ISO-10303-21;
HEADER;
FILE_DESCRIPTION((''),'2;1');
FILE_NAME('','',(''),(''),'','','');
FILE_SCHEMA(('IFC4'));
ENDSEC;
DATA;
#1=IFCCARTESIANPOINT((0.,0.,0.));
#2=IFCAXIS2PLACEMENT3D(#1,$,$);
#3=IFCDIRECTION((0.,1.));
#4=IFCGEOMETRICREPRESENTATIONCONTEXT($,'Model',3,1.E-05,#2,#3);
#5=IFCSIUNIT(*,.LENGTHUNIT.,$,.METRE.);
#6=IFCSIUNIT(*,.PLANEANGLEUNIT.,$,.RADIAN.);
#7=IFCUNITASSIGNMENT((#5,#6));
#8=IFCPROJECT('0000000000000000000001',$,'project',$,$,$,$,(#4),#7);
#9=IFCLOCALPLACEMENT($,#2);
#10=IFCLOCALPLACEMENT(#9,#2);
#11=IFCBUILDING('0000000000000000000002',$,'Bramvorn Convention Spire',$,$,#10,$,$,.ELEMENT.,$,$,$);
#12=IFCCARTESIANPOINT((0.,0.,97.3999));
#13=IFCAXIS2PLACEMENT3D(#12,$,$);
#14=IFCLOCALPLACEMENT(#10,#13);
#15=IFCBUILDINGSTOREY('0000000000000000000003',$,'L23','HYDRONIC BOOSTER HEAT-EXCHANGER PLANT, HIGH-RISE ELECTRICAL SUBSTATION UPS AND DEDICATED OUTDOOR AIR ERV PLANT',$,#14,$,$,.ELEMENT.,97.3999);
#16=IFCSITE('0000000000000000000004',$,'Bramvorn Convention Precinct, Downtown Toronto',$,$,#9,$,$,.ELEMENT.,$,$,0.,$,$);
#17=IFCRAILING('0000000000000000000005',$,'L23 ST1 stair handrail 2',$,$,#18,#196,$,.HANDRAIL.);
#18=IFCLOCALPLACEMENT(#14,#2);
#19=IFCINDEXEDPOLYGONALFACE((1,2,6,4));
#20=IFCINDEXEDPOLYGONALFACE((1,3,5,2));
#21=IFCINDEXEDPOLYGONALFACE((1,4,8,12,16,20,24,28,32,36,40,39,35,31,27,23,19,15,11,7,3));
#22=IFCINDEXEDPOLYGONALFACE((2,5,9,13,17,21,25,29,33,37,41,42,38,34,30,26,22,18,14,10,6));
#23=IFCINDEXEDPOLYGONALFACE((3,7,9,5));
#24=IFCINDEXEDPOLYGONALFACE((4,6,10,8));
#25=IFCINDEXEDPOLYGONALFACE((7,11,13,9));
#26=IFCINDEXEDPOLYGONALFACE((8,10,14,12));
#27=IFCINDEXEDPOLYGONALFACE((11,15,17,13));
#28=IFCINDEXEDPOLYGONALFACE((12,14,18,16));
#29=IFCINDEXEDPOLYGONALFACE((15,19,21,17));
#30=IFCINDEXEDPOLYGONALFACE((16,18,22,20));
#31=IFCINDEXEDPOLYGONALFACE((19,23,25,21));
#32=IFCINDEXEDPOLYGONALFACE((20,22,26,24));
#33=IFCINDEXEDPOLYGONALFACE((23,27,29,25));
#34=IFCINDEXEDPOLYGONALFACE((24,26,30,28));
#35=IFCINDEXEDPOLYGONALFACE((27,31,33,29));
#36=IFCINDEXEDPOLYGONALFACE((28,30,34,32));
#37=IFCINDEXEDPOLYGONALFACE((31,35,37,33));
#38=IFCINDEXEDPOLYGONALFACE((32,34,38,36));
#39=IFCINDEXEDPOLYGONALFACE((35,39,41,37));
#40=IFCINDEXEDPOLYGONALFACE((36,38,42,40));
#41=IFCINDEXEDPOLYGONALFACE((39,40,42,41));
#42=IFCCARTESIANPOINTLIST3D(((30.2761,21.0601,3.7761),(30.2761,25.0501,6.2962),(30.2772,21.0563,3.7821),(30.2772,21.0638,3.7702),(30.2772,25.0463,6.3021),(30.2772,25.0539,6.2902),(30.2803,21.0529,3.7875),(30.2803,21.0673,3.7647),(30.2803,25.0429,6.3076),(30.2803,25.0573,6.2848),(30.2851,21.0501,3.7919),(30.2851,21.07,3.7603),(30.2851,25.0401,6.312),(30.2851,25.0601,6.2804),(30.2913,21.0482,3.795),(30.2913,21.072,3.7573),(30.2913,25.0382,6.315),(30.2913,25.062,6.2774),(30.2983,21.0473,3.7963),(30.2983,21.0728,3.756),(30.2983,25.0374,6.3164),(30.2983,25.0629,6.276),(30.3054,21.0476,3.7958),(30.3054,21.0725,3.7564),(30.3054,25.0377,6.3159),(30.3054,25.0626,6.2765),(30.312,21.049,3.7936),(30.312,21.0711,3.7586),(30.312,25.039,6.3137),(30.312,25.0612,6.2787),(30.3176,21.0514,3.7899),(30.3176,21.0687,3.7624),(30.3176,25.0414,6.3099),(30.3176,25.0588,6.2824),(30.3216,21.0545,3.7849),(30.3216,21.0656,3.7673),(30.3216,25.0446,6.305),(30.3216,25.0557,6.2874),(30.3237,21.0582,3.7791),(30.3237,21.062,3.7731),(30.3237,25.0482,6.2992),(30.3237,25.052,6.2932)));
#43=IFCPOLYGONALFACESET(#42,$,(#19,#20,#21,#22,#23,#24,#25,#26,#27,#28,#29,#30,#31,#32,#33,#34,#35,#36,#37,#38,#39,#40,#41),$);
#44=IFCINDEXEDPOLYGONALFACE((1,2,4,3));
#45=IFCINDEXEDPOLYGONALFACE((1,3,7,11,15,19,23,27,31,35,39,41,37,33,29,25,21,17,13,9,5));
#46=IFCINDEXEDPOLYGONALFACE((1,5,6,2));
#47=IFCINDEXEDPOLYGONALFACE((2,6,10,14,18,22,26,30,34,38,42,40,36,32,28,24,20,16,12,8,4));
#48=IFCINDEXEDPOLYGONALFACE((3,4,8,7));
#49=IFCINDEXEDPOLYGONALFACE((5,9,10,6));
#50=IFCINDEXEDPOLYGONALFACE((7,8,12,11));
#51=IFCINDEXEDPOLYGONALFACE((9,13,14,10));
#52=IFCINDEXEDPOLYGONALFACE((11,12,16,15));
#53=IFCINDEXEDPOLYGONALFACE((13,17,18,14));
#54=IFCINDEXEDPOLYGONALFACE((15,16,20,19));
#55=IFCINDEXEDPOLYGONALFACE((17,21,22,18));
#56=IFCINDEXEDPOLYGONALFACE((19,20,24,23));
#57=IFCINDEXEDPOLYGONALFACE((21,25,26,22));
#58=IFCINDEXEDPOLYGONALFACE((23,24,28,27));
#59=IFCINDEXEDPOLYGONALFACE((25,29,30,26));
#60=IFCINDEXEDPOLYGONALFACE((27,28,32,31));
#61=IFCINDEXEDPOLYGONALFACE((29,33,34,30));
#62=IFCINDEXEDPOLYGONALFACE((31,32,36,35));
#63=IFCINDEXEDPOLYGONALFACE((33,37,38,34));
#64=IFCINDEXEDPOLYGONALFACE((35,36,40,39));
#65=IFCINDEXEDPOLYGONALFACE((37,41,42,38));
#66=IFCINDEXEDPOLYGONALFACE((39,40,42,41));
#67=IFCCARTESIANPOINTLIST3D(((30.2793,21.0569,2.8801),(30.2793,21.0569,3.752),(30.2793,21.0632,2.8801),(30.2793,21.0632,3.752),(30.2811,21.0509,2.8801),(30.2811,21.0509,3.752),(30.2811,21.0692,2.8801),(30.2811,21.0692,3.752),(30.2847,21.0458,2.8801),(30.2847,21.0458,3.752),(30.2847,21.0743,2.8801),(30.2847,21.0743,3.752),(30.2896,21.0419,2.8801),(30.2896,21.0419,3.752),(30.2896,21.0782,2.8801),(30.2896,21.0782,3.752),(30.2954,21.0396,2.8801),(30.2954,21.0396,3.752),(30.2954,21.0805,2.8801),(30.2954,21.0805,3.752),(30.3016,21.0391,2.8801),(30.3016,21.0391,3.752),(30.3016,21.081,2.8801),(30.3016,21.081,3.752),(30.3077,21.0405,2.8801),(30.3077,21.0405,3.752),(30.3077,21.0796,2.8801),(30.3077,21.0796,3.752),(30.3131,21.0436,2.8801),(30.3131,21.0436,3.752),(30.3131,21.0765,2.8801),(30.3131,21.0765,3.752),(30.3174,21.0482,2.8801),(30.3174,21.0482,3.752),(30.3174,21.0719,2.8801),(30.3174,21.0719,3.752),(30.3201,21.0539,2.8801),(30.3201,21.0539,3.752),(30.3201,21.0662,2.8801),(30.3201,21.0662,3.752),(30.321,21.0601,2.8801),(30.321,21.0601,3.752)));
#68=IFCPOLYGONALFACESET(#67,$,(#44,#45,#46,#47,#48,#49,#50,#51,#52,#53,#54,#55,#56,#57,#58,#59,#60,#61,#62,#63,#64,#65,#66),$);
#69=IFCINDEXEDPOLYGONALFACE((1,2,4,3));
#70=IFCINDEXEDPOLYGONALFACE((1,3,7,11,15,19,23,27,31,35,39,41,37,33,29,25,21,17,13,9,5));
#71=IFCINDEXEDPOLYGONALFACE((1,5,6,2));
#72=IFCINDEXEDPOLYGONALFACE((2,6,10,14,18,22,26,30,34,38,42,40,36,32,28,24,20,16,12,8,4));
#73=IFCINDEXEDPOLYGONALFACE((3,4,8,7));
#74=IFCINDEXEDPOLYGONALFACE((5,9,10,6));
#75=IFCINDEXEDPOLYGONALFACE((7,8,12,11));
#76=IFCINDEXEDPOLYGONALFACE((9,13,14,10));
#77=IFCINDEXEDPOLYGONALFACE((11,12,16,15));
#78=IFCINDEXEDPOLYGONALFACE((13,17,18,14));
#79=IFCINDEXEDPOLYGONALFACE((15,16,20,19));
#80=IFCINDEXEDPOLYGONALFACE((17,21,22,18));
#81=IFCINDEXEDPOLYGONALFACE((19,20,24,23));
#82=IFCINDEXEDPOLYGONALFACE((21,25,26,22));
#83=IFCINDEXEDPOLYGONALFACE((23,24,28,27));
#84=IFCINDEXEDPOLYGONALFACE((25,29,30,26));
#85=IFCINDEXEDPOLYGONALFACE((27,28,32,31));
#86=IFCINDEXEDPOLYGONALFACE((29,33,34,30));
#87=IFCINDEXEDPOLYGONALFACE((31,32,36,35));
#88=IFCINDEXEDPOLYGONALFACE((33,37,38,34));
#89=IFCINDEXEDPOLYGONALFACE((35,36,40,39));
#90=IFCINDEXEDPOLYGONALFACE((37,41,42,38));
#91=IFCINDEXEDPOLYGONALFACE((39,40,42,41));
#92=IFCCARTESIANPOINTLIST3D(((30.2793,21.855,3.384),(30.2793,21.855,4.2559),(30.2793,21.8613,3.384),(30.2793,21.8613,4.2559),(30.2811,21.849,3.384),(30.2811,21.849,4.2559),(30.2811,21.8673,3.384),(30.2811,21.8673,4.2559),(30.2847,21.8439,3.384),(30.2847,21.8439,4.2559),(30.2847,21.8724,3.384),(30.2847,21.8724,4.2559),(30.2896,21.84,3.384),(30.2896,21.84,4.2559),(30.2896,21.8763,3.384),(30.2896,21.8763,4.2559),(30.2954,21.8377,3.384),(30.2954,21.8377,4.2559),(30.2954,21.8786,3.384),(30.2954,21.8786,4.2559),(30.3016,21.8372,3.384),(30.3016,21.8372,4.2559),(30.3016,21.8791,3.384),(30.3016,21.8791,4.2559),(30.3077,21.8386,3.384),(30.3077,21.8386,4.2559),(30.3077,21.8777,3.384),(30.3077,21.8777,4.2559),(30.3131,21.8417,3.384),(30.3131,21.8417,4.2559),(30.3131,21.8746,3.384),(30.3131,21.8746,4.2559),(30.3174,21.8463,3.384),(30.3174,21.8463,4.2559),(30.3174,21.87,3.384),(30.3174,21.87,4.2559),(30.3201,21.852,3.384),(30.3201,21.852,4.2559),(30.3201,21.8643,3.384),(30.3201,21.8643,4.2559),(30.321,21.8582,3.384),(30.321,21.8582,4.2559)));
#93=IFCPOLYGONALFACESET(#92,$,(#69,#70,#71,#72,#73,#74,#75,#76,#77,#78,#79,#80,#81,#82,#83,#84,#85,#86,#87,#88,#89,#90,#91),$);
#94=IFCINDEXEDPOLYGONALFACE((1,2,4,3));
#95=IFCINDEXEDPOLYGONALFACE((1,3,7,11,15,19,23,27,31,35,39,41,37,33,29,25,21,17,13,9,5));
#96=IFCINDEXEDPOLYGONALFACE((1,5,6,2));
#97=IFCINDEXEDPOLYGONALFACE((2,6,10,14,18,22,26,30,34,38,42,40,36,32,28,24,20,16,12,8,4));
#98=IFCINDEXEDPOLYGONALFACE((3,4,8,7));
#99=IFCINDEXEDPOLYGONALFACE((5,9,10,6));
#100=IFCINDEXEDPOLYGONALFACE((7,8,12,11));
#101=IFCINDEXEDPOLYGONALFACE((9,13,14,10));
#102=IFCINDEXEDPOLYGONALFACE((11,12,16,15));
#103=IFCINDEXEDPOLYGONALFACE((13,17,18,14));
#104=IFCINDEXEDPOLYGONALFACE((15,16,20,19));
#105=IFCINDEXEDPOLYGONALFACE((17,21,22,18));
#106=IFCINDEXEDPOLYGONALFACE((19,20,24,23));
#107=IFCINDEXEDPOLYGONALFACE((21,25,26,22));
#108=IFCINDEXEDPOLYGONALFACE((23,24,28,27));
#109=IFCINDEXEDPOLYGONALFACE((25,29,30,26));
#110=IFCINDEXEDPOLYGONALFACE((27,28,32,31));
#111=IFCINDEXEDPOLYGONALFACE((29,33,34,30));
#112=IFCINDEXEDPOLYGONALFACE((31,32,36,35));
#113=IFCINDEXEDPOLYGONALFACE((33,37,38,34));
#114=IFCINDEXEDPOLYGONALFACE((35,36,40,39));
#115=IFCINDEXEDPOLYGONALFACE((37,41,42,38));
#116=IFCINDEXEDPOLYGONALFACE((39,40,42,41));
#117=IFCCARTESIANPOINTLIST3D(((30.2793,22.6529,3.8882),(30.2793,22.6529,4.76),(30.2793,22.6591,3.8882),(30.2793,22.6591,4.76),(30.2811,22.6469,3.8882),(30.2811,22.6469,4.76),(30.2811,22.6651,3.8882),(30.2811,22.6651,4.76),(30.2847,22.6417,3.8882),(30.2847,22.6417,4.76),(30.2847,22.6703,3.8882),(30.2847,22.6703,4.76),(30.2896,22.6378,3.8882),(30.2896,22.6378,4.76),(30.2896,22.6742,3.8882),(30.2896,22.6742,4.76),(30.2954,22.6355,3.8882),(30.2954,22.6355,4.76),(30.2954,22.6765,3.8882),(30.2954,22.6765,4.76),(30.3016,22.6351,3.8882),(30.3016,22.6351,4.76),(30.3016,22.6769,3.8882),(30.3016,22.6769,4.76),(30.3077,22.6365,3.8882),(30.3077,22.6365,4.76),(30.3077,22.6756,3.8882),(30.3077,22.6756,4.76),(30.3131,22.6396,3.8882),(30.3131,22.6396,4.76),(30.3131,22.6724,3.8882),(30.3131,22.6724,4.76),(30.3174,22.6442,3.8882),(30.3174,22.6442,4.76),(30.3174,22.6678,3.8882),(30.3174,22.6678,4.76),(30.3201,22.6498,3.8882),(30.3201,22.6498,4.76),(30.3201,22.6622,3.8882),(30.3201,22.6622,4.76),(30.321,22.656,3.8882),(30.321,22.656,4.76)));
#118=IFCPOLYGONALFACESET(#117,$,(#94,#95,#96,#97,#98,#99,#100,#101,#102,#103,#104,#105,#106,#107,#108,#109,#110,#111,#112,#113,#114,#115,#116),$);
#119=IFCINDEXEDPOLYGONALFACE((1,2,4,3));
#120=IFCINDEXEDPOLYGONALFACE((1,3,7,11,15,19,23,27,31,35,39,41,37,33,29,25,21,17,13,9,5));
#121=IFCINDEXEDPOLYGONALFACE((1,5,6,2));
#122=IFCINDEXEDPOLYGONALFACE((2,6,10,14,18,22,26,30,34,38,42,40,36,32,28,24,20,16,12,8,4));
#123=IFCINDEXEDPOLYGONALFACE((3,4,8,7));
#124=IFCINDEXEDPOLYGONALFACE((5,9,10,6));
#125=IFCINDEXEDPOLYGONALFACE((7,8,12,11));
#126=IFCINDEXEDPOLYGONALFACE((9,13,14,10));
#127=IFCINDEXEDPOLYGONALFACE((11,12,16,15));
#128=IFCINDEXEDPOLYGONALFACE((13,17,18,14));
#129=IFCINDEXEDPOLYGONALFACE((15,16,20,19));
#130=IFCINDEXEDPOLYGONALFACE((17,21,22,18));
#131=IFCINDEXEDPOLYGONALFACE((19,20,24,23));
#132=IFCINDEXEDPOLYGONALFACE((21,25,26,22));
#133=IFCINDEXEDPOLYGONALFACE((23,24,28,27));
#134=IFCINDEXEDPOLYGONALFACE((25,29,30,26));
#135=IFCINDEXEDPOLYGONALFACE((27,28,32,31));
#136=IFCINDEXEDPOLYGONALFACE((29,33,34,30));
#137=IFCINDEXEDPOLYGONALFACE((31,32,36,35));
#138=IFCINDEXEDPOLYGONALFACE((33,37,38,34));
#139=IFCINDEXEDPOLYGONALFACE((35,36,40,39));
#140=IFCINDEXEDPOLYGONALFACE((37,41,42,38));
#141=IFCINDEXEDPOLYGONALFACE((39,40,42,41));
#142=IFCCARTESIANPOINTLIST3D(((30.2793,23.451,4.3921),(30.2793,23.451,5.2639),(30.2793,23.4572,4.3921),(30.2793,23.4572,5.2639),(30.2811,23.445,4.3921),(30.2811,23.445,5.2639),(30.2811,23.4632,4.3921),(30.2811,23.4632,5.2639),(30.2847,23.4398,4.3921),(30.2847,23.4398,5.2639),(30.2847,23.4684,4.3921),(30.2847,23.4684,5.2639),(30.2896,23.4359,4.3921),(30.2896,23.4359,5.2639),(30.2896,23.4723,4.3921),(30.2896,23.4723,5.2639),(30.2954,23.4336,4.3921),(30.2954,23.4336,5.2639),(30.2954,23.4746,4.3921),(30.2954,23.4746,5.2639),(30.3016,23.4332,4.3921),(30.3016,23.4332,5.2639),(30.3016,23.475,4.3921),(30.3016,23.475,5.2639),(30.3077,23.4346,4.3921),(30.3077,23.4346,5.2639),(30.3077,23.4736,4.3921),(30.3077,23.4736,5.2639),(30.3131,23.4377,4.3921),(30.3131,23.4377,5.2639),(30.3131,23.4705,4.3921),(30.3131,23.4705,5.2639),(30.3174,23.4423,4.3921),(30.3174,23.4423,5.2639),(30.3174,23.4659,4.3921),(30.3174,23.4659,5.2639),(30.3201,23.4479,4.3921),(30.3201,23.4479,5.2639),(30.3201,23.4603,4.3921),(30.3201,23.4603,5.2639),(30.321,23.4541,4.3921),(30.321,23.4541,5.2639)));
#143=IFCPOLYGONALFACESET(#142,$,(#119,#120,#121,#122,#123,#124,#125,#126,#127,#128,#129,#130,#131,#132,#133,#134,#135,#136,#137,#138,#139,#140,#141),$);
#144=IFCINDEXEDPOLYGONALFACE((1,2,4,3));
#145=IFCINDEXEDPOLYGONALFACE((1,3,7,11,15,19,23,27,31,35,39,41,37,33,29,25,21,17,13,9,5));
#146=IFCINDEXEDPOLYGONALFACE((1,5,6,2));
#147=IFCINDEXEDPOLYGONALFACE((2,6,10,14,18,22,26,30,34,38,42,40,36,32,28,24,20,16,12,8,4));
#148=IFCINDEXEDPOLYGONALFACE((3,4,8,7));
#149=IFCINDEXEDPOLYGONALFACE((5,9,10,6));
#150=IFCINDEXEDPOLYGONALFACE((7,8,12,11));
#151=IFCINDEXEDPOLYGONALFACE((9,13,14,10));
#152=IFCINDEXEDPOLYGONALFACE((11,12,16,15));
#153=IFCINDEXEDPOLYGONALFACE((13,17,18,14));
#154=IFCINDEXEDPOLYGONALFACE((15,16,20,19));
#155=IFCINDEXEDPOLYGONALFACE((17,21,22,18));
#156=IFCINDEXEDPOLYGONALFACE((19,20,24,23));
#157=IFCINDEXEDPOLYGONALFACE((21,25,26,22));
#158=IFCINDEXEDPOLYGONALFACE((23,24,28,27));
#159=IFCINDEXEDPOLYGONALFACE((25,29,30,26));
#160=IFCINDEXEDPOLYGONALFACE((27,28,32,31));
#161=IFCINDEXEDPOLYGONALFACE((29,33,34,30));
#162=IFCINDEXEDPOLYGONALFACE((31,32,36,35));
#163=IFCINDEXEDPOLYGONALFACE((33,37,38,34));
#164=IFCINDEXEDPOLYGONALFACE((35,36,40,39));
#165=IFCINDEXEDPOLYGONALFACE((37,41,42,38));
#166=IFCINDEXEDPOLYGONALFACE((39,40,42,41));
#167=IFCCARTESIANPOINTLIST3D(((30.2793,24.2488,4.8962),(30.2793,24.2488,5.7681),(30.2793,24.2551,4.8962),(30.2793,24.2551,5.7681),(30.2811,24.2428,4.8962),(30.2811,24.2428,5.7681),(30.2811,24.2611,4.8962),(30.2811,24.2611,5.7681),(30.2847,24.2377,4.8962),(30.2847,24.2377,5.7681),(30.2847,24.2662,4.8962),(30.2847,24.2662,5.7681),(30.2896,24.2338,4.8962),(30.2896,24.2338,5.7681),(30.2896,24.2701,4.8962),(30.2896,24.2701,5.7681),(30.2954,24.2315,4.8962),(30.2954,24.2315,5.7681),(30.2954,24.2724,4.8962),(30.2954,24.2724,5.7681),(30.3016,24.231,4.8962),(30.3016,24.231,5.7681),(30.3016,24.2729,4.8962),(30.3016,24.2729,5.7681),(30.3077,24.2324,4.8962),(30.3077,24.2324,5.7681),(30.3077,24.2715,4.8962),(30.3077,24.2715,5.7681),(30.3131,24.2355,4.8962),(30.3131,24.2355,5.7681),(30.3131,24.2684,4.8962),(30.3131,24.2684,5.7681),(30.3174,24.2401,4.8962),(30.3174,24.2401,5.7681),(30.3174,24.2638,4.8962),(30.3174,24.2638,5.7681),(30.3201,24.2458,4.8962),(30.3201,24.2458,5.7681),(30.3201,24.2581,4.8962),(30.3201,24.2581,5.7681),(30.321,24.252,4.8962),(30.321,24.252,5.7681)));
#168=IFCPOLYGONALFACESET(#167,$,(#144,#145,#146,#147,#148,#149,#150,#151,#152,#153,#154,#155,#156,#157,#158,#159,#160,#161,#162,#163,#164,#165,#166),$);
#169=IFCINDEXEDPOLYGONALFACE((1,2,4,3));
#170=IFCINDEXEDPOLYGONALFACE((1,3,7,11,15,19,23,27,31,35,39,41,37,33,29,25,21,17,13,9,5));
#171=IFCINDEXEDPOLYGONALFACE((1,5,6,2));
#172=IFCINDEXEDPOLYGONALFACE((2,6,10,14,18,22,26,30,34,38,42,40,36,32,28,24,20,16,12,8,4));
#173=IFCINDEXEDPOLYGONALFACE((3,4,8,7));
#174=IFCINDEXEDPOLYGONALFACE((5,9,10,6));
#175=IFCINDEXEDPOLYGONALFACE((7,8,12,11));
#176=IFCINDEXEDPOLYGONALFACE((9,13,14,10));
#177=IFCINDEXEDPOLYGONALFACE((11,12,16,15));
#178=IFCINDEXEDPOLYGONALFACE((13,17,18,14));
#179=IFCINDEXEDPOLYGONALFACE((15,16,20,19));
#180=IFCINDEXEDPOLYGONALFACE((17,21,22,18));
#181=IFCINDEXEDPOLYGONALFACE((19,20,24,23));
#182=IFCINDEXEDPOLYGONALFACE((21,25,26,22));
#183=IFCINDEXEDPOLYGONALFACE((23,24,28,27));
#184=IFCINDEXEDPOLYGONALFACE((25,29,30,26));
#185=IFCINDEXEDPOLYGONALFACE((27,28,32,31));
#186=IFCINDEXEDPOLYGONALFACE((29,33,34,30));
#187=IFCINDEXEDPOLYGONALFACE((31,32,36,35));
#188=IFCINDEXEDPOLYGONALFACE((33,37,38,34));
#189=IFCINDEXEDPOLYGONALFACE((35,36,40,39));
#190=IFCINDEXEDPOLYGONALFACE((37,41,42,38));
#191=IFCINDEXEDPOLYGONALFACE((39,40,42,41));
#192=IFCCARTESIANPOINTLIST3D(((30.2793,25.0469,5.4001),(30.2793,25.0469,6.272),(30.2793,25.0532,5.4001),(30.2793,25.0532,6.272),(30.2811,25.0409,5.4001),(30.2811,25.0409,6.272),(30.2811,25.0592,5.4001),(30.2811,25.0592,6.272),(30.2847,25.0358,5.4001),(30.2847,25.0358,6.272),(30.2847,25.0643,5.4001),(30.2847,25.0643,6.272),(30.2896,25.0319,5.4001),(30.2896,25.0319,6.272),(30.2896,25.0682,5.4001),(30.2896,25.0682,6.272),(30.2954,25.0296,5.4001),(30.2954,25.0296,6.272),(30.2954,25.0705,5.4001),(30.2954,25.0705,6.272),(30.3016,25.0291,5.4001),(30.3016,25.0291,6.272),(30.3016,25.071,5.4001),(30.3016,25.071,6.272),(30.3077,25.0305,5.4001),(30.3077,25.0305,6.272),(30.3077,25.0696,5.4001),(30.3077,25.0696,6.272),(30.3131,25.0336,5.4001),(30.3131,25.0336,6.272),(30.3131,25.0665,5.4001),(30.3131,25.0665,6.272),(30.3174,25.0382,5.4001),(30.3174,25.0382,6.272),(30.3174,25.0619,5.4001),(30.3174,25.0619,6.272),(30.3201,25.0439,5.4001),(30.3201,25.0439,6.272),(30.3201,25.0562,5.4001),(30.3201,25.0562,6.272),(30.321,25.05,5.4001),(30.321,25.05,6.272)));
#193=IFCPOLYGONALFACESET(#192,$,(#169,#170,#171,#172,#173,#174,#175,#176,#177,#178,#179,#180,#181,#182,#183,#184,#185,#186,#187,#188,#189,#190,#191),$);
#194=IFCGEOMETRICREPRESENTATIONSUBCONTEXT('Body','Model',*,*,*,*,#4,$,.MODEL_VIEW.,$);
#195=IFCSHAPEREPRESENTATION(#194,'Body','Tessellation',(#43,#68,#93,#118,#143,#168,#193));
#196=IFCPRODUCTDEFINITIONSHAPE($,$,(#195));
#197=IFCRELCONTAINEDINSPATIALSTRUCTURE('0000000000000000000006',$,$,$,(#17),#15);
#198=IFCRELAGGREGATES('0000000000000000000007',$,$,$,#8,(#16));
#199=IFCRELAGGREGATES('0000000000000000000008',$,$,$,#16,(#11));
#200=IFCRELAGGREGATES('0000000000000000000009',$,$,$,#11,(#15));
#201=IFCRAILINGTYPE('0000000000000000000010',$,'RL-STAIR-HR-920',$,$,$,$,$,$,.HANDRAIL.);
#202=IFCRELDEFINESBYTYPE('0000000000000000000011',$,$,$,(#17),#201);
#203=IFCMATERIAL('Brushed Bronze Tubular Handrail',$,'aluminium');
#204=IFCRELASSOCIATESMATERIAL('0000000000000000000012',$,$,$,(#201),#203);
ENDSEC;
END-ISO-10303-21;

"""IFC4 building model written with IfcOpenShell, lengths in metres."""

from ifc_helpers import new_model, si_unit, direction, frame, origin, origin_2d, place, context, subcontext, project, spatial, circle, extrude, material, type_object, element, save


model = new_model("IFC4")

# Units and contexts
model_context = context("Model", 3, precision=1e-05, world=origin(), true_north=direction((0.0, 1.0)))
body_context = subcontext(model_context, "Body", "Model", "MODEL_VIEW")
ifc_project = project(units=[si_unit("LENGTHUNIT", "METRE"), si_unit("PLANEANGLEUNIT", "RADIAN")], contexts=[model_context])

# Site, building, storey
site_placement = place(None, origin())
site = spatial("IfcSite", under=ifc_project, at=site_placement, Name="Bramvorn Convention Precinct, Downtown Toronto", CompositionType="ELEMENT", RefElevation=0.0)
building_placement = place(site_placement, origin())
building = spatial("IfcBuilding", under=site, at=building_placement, Name="Bramvorn Convention Spire", CompositionType="ELEMENT")
storey_placement = place(building_placement, frame((0.0, 0.0, 97.3999)))
storey = spatial("IfcBuildingStorey", under=building, at=storey_placement, Name="L23", Description="HYDRONIC BOOSTER HEAT-EXCHANGER PLANT, HIGH-RISE ELECTRICAL SUBSTATION UPS AND DEDICATED OUTDOOR AIR ERV PLANT", CompositionType="ELEMENT", Elevation=97.3999)

# Railing
ifc_material_1 = material(Name="Brushed Bronze Tubular Handrail", Category="aluminium")
railing_type_1 = type_object("IfcRailingType", Name="RL-STAIR-HR-920", PredefinedType="HANDRAIL", material=ifc_material_1)
railing_1_placement = place(storey_placement, frame((30.3, 21.0601, 2.8801)))
element("IfcRailing", 1, at=railing_1_placement, inside=storey, type_object=railing_type_1, Name="L23 ST1 stair handrail 2", PredefinedType="HANDRAIL", context=body_context, shape_type="SweptSolid", body=[
    extrude(circle(Radius=0.0239, at=origin_2d()), frame((0.0, 0.0, 0.896), z_axis=(0.0, 0.845486, 0.533997), x_axis=(-1.0, 0.0, 0.0)), (0.0, 0.0, 1.0), 4.7192),
    extrude(circle(Radius=0.021, at=origin_2d()), origin(), (0.0, 0.0, 1.0), 0.8718),
    extrude(circle(Radius=0.021, at=origin_2d()), frame((0.0, 0.7981, 0.5039)), (0.0, 0.0, 1.0), 0.8718),
    extrude(circle(Radius=0.021, at=origin_2d()), frame((0.0, 1.5959, 1.0081)), (0.0, 0.0, 1.0), 0.8718),
    extrude(circle(Radius=0.021, at=origin_2d()), frame((0.0, 2.394, 1.512)), (0.0, 0.0, 1.0), 0.8718),
    extrude(circle(Radius=0.021, at=origin_2d()), frame((0.0, 3.1919, 2.0161)), (0.0, 0.0, 1.0), 0.8718),
    extrude(circle(Radius=0.021, at=origin_2d()), frame((0.0, 3.99, 2.52)), (0.0, 0.0, 1.0), 0.8718),
])

save(model, "model.ifc")
